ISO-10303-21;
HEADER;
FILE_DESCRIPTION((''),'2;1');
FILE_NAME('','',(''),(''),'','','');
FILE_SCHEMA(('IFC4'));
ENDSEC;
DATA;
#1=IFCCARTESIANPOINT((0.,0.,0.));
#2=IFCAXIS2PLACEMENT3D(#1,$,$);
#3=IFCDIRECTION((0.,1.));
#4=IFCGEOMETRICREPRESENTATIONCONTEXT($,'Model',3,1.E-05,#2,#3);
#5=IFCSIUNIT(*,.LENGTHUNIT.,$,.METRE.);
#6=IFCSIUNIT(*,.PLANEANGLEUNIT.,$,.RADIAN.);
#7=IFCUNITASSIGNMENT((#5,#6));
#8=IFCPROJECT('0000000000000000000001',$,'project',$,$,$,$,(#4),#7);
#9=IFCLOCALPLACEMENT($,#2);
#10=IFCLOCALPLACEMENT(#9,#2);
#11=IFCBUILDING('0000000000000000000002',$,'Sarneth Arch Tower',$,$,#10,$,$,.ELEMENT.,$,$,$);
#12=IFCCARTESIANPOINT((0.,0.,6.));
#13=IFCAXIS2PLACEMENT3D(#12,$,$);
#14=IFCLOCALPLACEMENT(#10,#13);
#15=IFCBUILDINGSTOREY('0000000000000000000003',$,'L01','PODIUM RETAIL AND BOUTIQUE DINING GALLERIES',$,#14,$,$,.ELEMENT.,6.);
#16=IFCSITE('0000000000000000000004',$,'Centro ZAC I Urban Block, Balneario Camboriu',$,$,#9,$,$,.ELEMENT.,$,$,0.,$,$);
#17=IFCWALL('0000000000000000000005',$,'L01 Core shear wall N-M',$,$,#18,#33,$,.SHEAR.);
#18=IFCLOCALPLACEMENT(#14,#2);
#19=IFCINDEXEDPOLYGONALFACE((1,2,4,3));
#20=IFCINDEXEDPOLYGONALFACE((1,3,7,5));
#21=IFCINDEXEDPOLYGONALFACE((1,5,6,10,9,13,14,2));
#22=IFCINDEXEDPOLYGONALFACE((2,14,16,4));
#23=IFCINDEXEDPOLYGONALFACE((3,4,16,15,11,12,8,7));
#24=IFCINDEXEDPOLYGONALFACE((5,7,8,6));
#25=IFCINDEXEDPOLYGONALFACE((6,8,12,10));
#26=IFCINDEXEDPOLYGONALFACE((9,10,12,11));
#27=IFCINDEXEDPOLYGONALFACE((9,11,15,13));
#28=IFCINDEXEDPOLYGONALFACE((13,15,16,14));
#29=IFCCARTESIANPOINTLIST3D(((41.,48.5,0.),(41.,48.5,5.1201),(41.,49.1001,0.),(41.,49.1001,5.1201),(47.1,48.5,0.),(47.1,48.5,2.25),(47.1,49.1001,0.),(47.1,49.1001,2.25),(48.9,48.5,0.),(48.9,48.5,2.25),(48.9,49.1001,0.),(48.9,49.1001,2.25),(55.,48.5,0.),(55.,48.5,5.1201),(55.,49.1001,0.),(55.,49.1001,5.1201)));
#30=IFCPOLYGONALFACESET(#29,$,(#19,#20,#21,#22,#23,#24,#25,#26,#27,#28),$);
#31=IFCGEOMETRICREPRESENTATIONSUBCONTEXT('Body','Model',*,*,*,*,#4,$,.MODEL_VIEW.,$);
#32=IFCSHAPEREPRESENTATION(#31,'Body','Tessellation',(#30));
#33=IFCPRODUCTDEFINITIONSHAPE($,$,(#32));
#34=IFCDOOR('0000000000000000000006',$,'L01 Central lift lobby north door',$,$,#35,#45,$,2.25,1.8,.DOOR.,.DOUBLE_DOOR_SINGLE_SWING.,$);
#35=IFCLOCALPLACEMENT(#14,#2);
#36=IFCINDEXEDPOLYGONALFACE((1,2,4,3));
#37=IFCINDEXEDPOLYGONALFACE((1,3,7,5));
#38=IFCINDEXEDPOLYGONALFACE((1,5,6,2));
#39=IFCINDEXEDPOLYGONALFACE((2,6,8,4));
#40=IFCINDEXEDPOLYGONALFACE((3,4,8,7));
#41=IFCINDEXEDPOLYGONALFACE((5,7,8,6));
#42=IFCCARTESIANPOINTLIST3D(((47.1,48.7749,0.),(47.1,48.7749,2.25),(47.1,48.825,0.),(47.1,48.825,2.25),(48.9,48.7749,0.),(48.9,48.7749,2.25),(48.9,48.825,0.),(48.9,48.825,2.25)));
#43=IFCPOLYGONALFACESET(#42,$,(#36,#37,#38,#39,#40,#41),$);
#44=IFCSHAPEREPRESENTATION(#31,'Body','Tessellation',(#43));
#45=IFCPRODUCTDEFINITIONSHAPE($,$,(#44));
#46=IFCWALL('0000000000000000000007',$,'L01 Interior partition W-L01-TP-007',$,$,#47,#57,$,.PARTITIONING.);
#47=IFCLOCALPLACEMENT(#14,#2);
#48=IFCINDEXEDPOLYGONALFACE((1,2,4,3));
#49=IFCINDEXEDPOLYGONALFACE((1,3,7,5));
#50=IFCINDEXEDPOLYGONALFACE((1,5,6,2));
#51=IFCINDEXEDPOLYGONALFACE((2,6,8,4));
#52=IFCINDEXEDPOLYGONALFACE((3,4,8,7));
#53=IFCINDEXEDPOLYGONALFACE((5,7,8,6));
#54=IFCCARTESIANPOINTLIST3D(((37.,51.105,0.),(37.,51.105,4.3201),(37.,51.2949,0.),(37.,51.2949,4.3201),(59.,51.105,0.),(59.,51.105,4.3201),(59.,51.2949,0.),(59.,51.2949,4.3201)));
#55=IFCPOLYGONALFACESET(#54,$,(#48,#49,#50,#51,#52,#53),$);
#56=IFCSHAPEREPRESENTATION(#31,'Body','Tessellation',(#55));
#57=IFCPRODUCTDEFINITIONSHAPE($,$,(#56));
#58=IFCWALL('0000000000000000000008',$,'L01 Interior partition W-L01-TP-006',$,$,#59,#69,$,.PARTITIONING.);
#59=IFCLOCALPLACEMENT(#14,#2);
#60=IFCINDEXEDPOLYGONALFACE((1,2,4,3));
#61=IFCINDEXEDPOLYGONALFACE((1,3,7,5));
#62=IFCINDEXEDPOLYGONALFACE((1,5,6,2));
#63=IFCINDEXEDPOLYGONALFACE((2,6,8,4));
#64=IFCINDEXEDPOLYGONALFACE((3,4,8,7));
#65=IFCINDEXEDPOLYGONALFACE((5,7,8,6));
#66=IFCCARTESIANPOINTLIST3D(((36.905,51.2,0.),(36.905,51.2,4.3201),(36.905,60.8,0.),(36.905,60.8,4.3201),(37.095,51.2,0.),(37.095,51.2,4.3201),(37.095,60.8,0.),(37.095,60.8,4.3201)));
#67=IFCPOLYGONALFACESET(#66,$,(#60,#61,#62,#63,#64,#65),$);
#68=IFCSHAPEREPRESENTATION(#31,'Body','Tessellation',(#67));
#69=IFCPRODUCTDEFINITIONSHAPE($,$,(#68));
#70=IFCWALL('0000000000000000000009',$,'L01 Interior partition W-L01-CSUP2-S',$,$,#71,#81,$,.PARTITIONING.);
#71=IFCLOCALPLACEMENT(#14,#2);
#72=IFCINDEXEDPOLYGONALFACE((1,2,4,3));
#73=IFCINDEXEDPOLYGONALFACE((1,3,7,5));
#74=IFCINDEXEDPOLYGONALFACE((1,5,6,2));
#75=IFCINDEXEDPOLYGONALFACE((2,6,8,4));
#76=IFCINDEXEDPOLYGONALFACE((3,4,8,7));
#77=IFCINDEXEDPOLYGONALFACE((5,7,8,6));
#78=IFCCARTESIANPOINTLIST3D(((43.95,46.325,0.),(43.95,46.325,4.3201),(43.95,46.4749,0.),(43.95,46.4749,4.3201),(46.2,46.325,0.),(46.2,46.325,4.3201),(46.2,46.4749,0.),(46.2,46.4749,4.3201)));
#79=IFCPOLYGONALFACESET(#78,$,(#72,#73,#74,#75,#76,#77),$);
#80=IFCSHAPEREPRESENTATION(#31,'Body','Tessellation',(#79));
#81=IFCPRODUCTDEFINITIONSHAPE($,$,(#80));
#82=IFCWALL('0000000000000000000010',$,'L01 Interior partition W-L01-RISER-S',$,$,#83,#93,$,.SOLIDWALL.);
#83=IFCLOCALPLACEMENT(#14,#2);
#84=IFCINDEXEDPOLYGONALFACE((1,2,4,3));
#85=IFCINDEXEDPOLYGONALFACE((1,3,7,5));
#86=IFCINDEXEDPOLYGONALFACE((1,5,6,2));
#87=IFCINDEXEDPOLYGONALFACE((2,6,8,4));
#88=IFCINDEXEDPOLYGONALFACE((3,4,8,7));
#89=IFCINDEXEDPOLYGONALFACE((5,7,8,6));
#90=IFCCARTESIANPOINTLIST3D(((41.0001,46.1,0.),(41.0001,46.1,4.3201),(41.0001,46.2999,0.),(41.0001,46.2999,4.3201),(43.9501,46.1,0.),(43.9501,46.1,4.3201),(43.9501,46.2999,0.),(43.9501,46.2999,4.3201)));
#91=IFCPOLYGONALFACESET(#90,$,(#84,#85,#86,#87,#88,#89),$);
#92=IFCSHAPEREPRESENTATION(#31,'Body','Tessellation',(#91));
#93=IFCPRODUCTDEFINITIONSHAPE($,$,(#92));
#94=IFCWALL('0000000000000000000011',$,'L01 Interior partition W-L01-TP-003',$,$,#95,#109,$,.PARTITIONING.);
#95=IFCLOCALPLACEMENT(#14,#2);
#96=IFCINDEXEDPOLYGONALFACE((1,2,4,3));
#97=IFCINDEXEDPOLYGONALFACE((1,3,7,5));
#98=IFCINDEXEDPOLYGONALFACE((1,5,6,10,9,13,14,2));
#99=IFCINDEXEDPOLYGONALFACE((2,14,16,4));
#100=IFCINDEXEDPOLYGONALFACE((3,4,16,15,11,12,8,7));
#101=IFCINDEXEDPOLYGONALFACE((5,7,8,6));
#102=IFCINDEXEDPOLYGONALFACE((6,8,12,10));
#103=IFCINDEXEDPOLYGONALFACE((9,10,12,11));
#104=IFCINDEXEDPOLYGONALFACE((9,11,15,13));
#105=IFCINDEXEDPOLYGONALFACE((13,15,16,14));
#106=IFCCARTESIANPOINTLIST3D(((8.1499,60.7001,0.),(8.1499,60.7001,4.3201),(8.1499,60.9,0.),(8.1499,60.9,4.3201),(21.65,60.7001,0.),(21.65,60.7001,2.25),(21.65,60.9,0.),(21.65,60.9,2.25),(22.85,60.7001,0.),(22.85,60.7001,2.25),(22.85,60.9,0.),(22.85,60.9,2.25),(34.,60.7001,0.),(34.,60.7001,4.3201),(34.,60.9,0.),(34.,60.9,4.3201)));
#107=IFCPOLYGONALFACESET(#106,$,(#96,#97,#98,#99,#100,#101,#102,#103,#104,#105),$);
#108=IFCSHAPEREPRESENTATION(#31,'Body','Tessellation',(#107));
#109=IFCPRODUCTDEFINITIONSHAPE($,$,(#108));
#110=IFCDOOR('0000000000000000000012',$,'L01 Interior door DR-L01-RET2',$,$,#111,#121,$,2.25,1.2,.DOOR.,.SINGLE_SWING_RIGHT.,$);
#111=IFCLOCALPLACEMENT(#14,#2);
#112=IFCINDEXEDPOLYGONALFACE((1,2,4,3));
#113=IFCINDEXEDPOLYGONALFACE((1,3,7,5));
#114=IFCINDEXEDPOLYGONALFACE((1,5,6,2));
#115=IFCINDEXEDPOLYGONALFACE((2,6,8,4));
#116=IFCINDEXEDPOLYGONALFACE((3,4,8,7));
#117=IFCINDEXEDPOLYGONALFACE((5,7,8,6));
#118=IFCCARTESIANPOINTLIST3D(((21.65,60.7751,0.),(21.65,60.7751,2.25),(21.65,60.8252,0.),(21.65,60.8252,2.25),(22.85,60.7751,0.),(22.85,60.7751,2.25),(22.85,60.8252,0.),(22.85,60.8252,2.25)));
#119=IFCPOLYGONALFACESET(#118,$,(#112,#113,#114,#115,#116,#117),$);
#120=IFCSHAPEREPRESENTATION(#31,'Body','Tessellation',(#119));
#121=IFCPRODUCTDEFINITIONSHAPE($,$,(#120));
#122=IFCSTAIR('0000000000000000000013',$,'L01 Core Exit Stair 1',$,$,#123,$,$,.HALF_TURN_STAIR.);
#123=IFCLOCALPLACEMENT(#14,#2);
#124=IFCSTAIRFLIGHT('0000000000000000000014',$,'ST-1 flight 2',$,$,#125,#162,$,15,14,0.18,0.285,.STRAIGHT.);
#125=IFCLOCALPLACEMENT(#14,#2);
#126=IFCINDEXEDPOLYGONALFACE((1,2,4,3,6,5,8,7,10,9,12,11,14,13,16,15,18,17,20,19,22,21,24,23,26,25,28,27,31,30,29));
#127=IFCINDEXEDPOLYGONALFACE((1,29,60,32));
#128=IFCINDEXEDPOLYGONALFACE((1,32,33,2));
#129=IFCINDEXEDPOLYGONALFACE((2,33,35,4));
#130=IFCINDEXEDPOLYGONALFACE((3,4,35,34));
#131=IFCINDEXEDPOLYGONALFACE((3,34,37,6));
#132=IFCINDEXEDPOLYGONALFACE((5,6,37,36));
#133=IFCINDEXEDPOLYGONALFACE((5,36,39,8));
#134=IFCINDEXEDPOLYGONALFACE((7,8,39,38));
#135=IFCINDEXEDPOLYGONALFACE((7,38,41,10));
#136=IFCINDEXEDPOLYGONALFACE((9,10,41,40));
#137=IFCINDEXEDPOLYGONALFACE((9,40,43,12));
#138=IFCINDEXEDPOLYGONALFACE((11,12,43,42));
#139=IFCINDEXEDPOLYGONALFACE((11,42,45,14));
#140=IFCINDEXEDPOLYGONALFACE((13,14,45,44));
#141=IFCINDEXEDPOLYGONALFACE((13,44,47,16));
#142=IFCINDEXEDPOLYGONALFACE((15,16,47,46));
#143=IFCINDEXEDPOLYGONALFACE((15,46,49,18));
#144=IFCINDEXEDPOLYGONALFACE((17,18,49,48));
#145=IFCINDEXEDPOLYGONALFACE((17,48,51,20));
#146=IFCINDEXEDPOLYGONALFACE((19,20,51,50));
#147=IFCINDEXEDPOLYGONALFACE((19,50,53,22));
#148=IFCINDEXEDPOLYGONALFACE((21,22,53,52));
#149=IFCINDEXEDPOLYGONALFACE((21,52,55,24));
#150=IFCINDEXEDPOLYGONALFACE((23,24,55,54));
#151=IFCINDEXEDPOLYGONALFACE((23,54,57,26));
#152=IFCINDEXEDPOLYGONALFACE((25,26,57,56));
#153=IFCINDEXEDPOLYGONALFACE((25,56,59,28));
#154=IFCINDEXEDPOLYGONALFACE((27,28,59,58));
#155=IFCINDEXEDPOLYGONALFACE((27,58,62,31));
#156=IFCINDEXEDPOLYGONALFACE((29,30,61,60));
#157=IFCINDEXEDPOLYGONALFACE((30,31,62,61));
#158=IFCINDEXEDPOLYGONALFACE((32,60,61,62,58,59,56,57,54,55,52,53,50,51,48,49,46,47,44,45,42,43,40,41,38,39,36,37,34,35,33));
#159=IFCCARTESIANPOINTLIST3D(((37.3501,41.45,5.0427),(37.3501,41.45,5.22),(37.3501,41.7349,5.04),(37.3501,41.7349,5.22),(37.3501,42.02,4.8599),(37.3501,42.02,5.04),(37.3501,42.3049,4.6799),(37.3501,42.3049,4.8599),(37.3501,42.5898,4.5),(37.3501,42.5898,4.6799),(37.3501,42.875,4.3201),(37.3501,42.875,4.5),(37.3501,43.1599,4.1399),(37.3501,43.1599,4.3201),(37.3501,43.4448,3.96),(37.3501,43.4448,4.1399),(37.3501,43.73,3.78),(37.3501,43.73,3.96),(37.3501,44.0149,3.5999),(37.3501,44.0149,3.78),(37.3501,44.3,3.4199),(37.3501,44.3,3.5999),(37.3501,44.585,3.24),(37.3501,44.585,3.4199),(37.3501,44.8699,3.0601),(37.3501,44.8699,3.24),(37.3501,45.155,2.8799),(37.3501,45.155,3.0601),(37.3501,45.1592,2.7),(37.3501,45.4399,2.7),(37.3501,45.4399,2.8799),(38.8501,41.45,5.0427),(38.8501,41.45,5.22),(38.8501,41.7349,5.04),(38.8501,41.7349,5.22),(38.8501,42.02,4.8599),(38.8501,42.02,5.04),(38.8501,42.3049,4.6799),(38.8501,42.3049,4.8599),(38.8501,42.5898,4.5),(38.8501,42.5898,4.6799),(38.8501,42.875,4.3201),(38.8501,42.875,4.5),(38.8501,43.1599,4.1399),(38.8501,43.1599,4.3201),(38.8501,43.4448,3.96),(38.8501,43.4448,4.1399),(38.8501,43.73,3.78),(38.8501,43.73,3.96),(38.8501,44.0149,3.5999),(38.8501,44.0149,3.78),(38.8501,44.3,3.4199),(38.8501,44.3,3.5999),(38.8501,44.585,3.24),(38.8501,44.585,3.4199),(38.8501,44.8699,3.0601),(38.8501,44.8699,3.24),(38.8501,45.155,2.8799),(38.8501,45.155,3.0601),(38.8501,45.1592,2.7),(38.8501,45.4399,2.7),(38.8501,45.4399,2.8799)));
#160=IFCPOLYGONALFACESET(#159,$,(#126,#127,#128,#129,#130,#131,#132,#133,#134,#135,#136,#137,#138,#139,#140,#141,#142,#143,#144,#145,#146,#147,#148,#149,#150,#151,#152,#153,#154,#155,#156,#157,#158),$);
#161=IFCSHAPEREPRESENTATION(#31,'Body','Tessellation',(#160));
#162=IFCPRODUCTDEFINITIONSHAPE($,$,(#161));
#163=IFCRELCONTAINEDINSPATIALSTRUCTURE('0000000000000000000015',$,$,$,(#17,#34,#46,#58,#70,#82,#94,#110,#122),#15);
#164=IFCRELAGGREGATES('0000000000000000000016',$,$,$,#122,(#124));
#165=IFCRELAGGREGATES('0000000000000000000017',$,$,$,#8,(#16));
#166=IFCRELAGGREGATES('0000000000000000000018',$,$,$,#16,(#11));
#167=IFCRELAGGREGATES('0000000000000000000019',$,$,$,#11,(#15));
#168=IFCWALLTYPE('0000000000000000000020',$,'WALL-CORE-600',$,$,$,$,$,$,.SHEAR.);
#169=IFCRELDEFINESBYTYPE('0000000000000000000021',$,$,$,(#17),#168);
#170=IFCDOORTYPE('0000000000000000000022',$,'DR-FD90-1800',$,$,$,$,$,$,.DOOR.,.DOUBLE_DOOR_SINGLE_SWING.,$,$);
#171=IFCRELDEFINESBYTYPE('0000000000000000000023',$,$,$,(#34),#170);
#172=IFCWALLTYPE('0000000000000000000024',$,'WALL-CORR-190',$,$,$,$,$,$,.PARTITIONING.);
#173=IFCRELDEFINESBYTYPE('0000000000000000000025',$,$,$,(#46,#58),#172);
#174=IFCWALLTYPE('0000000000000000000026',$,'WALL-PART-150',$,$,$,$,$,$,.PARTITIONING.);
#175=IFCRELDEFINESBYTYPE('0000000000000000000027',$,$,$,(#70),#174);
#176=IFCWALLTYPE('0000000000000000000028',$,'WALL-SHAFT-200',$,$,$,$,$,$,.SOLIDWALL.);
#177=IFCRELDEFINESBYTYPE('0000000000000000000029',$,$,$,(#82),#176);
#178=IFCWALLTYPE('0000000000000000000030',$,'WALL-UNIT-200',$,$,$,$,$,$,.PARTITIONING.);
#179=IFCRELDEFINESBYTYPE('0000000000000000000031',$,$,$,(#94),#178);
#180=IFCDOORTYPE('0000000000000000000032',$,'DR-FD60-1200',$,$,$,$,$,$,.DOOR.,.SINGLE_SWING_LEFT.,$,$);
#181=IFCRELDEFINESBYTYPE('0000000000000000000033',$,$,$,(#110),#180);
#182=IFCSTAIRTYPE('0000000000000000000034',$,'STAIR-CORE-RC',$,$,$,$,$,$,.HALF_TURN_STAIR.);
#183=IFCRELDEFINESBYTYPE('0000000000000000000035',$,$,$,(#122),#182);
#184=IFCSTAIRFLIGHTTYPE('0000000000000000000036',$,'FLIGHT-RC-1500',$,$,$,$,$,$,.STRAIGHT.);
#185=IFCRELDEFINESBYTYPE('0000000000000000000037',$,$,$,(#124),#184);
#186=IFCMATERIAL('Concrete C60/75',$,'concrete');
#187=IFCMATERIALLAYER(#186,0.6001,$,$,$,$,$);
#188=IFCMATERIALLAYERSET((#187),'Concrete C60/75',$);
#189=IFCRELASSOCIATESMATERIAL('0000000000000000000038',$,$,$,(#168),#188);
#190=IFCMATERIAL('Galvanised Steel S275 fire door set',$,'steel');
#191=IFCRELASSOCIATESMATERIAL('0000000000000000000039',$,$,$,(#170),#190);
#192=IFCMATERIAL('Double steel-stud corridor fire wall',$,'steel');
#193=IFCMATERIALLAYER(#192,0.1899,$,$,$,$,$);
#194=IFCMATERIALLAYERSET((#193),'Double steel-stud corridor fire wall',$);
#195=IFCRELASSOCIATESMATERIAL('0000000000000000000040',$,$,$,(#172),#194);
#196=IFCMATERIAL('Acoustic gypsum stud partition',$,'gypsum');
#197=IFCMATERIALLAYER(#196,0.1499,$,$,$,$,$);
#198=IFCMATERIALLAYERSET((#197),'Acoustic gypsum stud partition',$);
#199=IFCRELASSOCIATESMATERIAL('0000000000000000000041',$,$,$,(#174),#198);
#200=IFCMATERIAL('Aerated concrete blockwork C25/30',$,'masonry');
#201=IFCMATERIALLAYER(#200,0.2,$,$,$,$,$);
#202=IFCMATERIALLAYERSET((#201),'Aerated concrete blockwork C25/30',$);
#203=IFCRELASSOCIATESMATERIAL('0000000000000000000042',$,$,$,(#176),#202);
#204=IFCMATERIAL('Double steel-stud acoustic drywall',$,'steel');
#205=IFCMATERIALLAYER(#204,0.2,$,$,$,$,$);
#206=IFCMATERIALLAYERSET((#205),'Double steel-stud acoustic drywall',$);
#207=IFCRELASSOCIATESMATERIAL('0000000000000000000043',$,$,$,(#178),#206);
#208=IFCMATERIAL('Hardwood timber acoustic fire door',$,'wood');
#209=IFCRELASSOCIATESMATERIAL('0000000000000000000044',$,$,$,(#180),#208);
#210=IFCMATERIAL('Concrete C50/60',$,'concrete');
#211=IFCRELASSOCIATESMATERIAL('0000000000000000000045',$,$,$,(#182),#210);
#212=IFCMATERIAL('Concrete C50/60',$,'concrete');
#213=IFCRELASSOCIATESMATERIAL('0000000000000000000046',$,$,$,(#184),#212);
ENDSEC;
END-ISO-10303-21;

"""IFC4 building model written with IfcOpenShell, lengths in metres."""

from ifc_helpers import new_model, si_unit, direction, frame, frame_2d, origin, place, context, subcontext, project, spatial, polyline, rectangle, outline, extrude, material, layer, layer_set, type_object, element, fill, aggregate, save


model = new_model("IFC4")

# Units and contexts
model_context = context("Model", 3, precision=1e-05, world=origin(), true_north=direction((0.0, 1.0)))
body_context = subcontext(model_context, "Body", "Model", "MODEL_VIEW")
ifc_project = project(units=[si_unit("LENGTHUNIT", "METRE"), si_unit("PLANEANGLEUNIT", "RADIAN")], contexts=[model_context])

# Site, building, storey
site_placement = place(None, origin())
site = spatial("IfcSite", under=ifc_project, at=site_placement, Name="Centro ZAC I Urban Block, Balneario Camboriu", CompositionType="ELEMENT", RefElevation=0.0)
building_placement = place(site_placement, origin())
building = spatial("IfcBuilding", under=site, at=building_placement, Name="Sarneth Arch Tower", CompositionType="ELEMENT")
storey_placement = place(building_placement, frame((0.0, 0.0, 6.0)))
storey = spatial("IfcBuildingStorey", under=building, at=storey_placement, Name="L01", Description="PODIUM RETAIL AND BOUTIQUE DINING GALLERIES", CompositionType="ELEMENT", Elevation=6.0)

# Shared definitions
ifc_material_1 = material(Name="Concrete C60/75", Category="concrete")
ifc_layer_1 = layer(ifc_material_1, 0.6001)
ifc_layer_set_1 = layer_set([ifc_layer_1], Name="Concrete C60/75")
wall_type_1 = type_object("IfcWallType", Name="WALL-CORE-600", PredefinedType="SHEAR", material=ifc_layer_set_1)

# Wall, opening, door
wall_1_placement = place(storey_placement, frame((41.0, 48.8, 0.0), z_axis=(0.0, 0.0, 1.0), x_axis=(1.0, 0.0, 0.0)))
wall_1 = element("IfcWall", 1, at=wall_1_placement, inside=storey, type_object=wall_type_1, Name="L01 Core shear wall N-M", PredefinedType="SHEAR", context=body_context, shape_type="SweptSolid", body=[
    extrude(rectangle(XDim=14.0, YDim=0.6001, at=frame_2d((7.0, 0.0))), origin(), (0.0, 0.0, 1.0), 5.1201),
])
opening_1_placement = place(wall_1_placement, frame((6.1001, 0.0, 0.0)))
opening_1 = element("IfcOpeningElement", 2, at=opening_1_placement, cuts=wall_1, PredefinedType="OPENING", context=body_context, shape_type="SweptSolid", body=[
    extrude(rectangle(XDim=1.8, YDim=2.25, at=frame_2d((0.8999, 1.125))), frame((0.0, 0.3101, 0.0), z_axis=(0.0, -1.0, 0.0), x_axis=(1.0, 0.0, 0.0)), (0.0, 0.0, 1.0), 0.6201),
])
ifc_material_2 = material(Name="Galvanised Steel S275 fire door set", Category="steel")
door_type_1 = type_object("IfcDoorType", Name="DR-FD90-1800", OperationType="DOUBLE_DOOR_SINGLE_SWING", PredefinedType="DOOR", material=ifc_material_2)
door_1_placement = place(opening_1_placement, origin())
door_1 = element("IfcDoor", 3, at=door_1_placement, inside=storey, type_object=door_type_1, Name="L01 Central lift lobby north door", OperationType="DOUBLE_DOOR_SINGLE_SWING", OverallHeight=2.25, OverallWidth=1.8, PredefinedType="DOOR", context=body_context, shape_type="SweptSolid", body=[
    extrude(rectangle(XDim=1.8, YDim=2.25, at=frame_2d((0.8999, 1.125))), frame((0.0, 0.0249, 0.0), z_axis=(0.0, -1.0, 0.0), x_axis=(1.0, 0.0, 0.0)), (0.0, 0.0, 1.0), 0.05),
])
fill(opening_1, door_1)

# Walls
ifc_material_3 = material(Name="Double steel-stud corridor fire wall", Category="steel")
ifc_layer_2 = layer(ifc_material_3, 0.1899)
ifc_layer_set_2 = layer_set([ifc_layer_2], Name="Double steel-stud corridor fire wall")
wall_type_2 = type_object("IfcWallType", Name="WALL-CORR-190", PredefinedType="PARTITIONING", material=ifc_layer_set_2)
wall_2_placement = place(storey_placement, frame((37.0, 51.2, 0.0), z_axis=(0.0, 0.0, 1.0), x_axis=(1.0, 0.0, 0.0)))
element("IfcWall", 4, at=wall_2_placement, inside=storey, type_object=wall_type_2, Name="L01 Interior partition W-L01-TP-007", PredefinedType="PARTITIONING", context=body_context, shape_type="SweptSolid", body=[
    extrude(rectangle(XDim=22.0, YDim=0.1899, at=frame_2d((11.0, 0.0))), origin(), (0.0, 0.0, 1.0), 4.3201),
])
wall_3_placement = place(storey_placement, frame((37.0, 60.8, 0.0), z_axis=(0.0, 0.0, 1.0), x_axis=(0.0, -1.0, 0.0)))
element("IfcWall", 5, at=wall_3_placement, inside=storey, type_object=wall_type_2, Name="L01 Interior partition W-L01-TP-006", PredefinedType="PARTITIONING", context=body_context, shape_type="SweptSolid", body=[
    extrude(rectangle(XDim=9.6001, YDim=0.1899, at=frame_2d((4.8, 0.0))), origin(), (0.0, 0.0, 1.0), 4.3201),
])
ifc_material_4 = material(Name="Acoustic gypsum stud partition", Category="gypsum")
ifc_layer_3 = layer(ifc_material_4, 0.1499)
ifc_layer_set_3 = layer_set([ifc_layer_3], Name="Acoustic gypsum stud partition")
wall_type_3 = type_object("IfcWallType", Name="WALL-PART-150", PredefinedType="PARTITIONING", material=ifc_layer_set_3)
wall_4_placement = place(storey_placement, frame((43.95, 46.3999, 0.0), z_axis=(0.0, 0.0, 1.0), x_axis=(1.0, 0.0, 0.0)))
element("IfcWall", 6, at=wall_4_placement, inside=storey, type_object=wall_type_3, Name="L01 Interior partition W-L01-CSUP2-S", PredefinedType="PARTITIONING", context=body_context, shape_type="SweptSolid", body=[
    extrude(rectangle(XDim=2.25, YDim=0.1499, at=frame_2d((1.125, 0.0))), origin(), (0.0, 0.0, 1.0), 4.3201),
])
ifc_material_5 = material(Name="Aerated concrete blockwork C25/30", Category="masonry")
ifc_layer_4 = layer(ifc_material_5, 0.2)
ifc_layer_set_4 = layer_set([ifc_layer_4], Name="Aerated concrete blockwork C25/30")
wall_type_4 = type_object("IfcWallType", Name="WALL-SHAFT-200", PredefinedType="SOLIDWALL", material=ifc_layer_set_4)
wall_5_placement = place(storey_placement, frame((41.0, 46.2, 0.0), z_axis=(0.0, 0.0, 1.0), x_axis=(1.0, 0.0, 0.0)))
element("IfcWall", 7, at=wall_5_placement, inside=storey, type_object=wall_type_4, Name="L01 Interior partition W-L01-RISER-S", PredefinedType="SOLIDWALL", context=body_context, shape_type="SweptSolid", body=[
    extrude(rectangle(XDim=2.95, YDim=0.2, at=frame_2d((1.4751, 0.0))), origin(), (0.0, 0.0, 1.0), 4.3201),
])

# Wall, opening, door
ifc_material_6 = material(Name="Double steel-stud acoustic drywall", Category="steel")
ifc_layer_5 = layer(ifc_material_6, 0.2)
ifc_layer_set_5 = layer_set([ifc_layer_5], Name="Double steel-stud acoustic drywall")
wall_type_5 = type_object("IfcWallType", Name="WALL-UNIT-200", PredefinedType="PARTITIONING", material=ifc_layer_set_5)
wall_6_placement = place(storey_placement, frame((34.0, 60.8, 0.0), z_axis=(0.0, 0.0, 1.0), x_axis=(-1.0, 0.0, 0.0)))
wall_6 = element("IfcWall", 8, at=wall_6_placement, inside=storey, type_object=wall_type_5, Name="L01 Interior partition W-L01-TP-003", PredefinedType="PARTITIONING", context=body_context, shape_type="SweptSolid", body=[
    extrude(rectangle(XDim=25.8501, YDim=0.2, at=frame_2d((12.925, 0.0))), origin(), (0.0, 0.0, 1.0), 4.3201),
])
opening_2_placement = place(wall_6_placement, frame((11.1499, 0.0, 0.0)))
opening_2 = element("IfcOpeningElement", 9, at=opening_2_placement, cuts=wall_6, PredefinedType="OPENING", context=body_context, shape_type="SweptSolid", body=[
    extrude(rectangle(XDim=1.2, YDim=2.25, at=frame_2d((0.6001, 1.125))), frame((0.0, 0.1099, 0.0), z_axis=(0.0, -1.0, 0.0), x_axis=(1.0, 0.0, 0.0)), (0.0, 0.0, 1.0), 0.22),
])
ifc_material_7 = material(Name="Hardwood timber acoustic fire door", Category="wood")
door_type_2 = type_object("IfcDoorType", Name="DR-FD60-1200", OperationType="SINGLE_SWING_LEFT", PredefinedType="DOOR", material=ifc_material_7)
door_2_placement = place(opening_2_placement, origin())
door_2 = element("IfcDoor", 10, at=door_2_placement, inside=storey, type_object=door_type_2, Name="L01 Interior door DR-L01-RET2", OperationType="SINGLE_SWING_RIGHT", OverallHeight=2.25, OverallWidth=1.2, PredefinedType="DOOR", context=body_context, shape_type="SweptSolid", body=[
    extrude(rectangle(XDim=1.2, YDim=2.25, at=frame_2d((0.6001, 1.125))), frame((0.0, 0.0249, 0.0), z_axis=(0.0, -1.0, 0.0), x_axis=(1.0, 0.0, 0.0)), (0.0, 0.0, 1.0), 0.05),
])
fill(opening_2, door_2)

# Stair, stair flight
ifc_material_8 = material(Name="Concrete C50/60", Category="concrete")
stair_type = type_object("IfcStairType", Name="STAIR-CORE-RC", PredefinedType="HALF_TURN_STAIR", material=ifc_material_8)
stair_placement = place(storey_placement, origin())
stair = element("IfcStair", 11, at=stair_placement, inside=storey, type_object=stair_type, Name="L01 Core Exit Stair 1", PredefinedType="HALF_TURN_STAIR")
ifc_material_9 = material(Name="Concrete C50/60", Category="concrete")
stair_flight_type = type_object("IfcStairFlightType", Name="FLIGHT-RC-1500", PredefinedType="STRAIGHT", material=ifc_material_9)
stair_flight_placement = place(storey_placement, frame((38.1001, 45.4399, 2.7), z_axis=(0.0, 0.0, 1.0), x_axis=(0.0, -1.0, 0.0)))
stair_flight = element("IfcStairFlight", 12, at=stair_flight_placement, type_object=stair_flight_type, Name="ST-1 flight 2", NumberOfRisers=15, NumberOfTreads=14, PredefinedType="STRAIGHT", RiserHeight=0.18, TreadLength=0.285, context=body_context, shape_type="SweptSolid", body=[
    extrude(outline(polyline([(0.0, 0.0), (0.0, 0.1799), (0.2849, 0.1799), (0.2849, 0.3601), (0.5701, 0.3601), (0.5701, 0.54), (0.855, 0.54), (0.855, 0.72), (1.1399, 0.72), (1.1399, 0.8999), (1.425, 0.8999), (1.425, 1.0801), (1.71, 1.0801), (1.71, 1.26), (1.9951, 1.26), (1.9951, 1.4399), (2.28, 1.4399), (2.28, 1.6201), (2.5649, 1.6201), (2.5649, 1.8), (2.8501, 1.8), (2.8501, 1.98), (3.135, 1.98), (3.135, 2.1599), (3.4199, 2.1599), (3.4199, 2.3401), (3.7051, 2.3401), (3.7051, 2.52), (3.99, 2.52), (3.99, 2.7), (3.99, 2.3428), (0.2808, 0.0), (0.0, 0.0)])), frame((0.0, 0.75, 0.0), z_axis=(0.0, -1.0, 0.0), x_axis=(1.0, 0.0, 0.0)), (0.0, 0.0, 1.0), 1.5),
])
aggregate(stair, [stair_flight])

save(model, "model.ifc")
